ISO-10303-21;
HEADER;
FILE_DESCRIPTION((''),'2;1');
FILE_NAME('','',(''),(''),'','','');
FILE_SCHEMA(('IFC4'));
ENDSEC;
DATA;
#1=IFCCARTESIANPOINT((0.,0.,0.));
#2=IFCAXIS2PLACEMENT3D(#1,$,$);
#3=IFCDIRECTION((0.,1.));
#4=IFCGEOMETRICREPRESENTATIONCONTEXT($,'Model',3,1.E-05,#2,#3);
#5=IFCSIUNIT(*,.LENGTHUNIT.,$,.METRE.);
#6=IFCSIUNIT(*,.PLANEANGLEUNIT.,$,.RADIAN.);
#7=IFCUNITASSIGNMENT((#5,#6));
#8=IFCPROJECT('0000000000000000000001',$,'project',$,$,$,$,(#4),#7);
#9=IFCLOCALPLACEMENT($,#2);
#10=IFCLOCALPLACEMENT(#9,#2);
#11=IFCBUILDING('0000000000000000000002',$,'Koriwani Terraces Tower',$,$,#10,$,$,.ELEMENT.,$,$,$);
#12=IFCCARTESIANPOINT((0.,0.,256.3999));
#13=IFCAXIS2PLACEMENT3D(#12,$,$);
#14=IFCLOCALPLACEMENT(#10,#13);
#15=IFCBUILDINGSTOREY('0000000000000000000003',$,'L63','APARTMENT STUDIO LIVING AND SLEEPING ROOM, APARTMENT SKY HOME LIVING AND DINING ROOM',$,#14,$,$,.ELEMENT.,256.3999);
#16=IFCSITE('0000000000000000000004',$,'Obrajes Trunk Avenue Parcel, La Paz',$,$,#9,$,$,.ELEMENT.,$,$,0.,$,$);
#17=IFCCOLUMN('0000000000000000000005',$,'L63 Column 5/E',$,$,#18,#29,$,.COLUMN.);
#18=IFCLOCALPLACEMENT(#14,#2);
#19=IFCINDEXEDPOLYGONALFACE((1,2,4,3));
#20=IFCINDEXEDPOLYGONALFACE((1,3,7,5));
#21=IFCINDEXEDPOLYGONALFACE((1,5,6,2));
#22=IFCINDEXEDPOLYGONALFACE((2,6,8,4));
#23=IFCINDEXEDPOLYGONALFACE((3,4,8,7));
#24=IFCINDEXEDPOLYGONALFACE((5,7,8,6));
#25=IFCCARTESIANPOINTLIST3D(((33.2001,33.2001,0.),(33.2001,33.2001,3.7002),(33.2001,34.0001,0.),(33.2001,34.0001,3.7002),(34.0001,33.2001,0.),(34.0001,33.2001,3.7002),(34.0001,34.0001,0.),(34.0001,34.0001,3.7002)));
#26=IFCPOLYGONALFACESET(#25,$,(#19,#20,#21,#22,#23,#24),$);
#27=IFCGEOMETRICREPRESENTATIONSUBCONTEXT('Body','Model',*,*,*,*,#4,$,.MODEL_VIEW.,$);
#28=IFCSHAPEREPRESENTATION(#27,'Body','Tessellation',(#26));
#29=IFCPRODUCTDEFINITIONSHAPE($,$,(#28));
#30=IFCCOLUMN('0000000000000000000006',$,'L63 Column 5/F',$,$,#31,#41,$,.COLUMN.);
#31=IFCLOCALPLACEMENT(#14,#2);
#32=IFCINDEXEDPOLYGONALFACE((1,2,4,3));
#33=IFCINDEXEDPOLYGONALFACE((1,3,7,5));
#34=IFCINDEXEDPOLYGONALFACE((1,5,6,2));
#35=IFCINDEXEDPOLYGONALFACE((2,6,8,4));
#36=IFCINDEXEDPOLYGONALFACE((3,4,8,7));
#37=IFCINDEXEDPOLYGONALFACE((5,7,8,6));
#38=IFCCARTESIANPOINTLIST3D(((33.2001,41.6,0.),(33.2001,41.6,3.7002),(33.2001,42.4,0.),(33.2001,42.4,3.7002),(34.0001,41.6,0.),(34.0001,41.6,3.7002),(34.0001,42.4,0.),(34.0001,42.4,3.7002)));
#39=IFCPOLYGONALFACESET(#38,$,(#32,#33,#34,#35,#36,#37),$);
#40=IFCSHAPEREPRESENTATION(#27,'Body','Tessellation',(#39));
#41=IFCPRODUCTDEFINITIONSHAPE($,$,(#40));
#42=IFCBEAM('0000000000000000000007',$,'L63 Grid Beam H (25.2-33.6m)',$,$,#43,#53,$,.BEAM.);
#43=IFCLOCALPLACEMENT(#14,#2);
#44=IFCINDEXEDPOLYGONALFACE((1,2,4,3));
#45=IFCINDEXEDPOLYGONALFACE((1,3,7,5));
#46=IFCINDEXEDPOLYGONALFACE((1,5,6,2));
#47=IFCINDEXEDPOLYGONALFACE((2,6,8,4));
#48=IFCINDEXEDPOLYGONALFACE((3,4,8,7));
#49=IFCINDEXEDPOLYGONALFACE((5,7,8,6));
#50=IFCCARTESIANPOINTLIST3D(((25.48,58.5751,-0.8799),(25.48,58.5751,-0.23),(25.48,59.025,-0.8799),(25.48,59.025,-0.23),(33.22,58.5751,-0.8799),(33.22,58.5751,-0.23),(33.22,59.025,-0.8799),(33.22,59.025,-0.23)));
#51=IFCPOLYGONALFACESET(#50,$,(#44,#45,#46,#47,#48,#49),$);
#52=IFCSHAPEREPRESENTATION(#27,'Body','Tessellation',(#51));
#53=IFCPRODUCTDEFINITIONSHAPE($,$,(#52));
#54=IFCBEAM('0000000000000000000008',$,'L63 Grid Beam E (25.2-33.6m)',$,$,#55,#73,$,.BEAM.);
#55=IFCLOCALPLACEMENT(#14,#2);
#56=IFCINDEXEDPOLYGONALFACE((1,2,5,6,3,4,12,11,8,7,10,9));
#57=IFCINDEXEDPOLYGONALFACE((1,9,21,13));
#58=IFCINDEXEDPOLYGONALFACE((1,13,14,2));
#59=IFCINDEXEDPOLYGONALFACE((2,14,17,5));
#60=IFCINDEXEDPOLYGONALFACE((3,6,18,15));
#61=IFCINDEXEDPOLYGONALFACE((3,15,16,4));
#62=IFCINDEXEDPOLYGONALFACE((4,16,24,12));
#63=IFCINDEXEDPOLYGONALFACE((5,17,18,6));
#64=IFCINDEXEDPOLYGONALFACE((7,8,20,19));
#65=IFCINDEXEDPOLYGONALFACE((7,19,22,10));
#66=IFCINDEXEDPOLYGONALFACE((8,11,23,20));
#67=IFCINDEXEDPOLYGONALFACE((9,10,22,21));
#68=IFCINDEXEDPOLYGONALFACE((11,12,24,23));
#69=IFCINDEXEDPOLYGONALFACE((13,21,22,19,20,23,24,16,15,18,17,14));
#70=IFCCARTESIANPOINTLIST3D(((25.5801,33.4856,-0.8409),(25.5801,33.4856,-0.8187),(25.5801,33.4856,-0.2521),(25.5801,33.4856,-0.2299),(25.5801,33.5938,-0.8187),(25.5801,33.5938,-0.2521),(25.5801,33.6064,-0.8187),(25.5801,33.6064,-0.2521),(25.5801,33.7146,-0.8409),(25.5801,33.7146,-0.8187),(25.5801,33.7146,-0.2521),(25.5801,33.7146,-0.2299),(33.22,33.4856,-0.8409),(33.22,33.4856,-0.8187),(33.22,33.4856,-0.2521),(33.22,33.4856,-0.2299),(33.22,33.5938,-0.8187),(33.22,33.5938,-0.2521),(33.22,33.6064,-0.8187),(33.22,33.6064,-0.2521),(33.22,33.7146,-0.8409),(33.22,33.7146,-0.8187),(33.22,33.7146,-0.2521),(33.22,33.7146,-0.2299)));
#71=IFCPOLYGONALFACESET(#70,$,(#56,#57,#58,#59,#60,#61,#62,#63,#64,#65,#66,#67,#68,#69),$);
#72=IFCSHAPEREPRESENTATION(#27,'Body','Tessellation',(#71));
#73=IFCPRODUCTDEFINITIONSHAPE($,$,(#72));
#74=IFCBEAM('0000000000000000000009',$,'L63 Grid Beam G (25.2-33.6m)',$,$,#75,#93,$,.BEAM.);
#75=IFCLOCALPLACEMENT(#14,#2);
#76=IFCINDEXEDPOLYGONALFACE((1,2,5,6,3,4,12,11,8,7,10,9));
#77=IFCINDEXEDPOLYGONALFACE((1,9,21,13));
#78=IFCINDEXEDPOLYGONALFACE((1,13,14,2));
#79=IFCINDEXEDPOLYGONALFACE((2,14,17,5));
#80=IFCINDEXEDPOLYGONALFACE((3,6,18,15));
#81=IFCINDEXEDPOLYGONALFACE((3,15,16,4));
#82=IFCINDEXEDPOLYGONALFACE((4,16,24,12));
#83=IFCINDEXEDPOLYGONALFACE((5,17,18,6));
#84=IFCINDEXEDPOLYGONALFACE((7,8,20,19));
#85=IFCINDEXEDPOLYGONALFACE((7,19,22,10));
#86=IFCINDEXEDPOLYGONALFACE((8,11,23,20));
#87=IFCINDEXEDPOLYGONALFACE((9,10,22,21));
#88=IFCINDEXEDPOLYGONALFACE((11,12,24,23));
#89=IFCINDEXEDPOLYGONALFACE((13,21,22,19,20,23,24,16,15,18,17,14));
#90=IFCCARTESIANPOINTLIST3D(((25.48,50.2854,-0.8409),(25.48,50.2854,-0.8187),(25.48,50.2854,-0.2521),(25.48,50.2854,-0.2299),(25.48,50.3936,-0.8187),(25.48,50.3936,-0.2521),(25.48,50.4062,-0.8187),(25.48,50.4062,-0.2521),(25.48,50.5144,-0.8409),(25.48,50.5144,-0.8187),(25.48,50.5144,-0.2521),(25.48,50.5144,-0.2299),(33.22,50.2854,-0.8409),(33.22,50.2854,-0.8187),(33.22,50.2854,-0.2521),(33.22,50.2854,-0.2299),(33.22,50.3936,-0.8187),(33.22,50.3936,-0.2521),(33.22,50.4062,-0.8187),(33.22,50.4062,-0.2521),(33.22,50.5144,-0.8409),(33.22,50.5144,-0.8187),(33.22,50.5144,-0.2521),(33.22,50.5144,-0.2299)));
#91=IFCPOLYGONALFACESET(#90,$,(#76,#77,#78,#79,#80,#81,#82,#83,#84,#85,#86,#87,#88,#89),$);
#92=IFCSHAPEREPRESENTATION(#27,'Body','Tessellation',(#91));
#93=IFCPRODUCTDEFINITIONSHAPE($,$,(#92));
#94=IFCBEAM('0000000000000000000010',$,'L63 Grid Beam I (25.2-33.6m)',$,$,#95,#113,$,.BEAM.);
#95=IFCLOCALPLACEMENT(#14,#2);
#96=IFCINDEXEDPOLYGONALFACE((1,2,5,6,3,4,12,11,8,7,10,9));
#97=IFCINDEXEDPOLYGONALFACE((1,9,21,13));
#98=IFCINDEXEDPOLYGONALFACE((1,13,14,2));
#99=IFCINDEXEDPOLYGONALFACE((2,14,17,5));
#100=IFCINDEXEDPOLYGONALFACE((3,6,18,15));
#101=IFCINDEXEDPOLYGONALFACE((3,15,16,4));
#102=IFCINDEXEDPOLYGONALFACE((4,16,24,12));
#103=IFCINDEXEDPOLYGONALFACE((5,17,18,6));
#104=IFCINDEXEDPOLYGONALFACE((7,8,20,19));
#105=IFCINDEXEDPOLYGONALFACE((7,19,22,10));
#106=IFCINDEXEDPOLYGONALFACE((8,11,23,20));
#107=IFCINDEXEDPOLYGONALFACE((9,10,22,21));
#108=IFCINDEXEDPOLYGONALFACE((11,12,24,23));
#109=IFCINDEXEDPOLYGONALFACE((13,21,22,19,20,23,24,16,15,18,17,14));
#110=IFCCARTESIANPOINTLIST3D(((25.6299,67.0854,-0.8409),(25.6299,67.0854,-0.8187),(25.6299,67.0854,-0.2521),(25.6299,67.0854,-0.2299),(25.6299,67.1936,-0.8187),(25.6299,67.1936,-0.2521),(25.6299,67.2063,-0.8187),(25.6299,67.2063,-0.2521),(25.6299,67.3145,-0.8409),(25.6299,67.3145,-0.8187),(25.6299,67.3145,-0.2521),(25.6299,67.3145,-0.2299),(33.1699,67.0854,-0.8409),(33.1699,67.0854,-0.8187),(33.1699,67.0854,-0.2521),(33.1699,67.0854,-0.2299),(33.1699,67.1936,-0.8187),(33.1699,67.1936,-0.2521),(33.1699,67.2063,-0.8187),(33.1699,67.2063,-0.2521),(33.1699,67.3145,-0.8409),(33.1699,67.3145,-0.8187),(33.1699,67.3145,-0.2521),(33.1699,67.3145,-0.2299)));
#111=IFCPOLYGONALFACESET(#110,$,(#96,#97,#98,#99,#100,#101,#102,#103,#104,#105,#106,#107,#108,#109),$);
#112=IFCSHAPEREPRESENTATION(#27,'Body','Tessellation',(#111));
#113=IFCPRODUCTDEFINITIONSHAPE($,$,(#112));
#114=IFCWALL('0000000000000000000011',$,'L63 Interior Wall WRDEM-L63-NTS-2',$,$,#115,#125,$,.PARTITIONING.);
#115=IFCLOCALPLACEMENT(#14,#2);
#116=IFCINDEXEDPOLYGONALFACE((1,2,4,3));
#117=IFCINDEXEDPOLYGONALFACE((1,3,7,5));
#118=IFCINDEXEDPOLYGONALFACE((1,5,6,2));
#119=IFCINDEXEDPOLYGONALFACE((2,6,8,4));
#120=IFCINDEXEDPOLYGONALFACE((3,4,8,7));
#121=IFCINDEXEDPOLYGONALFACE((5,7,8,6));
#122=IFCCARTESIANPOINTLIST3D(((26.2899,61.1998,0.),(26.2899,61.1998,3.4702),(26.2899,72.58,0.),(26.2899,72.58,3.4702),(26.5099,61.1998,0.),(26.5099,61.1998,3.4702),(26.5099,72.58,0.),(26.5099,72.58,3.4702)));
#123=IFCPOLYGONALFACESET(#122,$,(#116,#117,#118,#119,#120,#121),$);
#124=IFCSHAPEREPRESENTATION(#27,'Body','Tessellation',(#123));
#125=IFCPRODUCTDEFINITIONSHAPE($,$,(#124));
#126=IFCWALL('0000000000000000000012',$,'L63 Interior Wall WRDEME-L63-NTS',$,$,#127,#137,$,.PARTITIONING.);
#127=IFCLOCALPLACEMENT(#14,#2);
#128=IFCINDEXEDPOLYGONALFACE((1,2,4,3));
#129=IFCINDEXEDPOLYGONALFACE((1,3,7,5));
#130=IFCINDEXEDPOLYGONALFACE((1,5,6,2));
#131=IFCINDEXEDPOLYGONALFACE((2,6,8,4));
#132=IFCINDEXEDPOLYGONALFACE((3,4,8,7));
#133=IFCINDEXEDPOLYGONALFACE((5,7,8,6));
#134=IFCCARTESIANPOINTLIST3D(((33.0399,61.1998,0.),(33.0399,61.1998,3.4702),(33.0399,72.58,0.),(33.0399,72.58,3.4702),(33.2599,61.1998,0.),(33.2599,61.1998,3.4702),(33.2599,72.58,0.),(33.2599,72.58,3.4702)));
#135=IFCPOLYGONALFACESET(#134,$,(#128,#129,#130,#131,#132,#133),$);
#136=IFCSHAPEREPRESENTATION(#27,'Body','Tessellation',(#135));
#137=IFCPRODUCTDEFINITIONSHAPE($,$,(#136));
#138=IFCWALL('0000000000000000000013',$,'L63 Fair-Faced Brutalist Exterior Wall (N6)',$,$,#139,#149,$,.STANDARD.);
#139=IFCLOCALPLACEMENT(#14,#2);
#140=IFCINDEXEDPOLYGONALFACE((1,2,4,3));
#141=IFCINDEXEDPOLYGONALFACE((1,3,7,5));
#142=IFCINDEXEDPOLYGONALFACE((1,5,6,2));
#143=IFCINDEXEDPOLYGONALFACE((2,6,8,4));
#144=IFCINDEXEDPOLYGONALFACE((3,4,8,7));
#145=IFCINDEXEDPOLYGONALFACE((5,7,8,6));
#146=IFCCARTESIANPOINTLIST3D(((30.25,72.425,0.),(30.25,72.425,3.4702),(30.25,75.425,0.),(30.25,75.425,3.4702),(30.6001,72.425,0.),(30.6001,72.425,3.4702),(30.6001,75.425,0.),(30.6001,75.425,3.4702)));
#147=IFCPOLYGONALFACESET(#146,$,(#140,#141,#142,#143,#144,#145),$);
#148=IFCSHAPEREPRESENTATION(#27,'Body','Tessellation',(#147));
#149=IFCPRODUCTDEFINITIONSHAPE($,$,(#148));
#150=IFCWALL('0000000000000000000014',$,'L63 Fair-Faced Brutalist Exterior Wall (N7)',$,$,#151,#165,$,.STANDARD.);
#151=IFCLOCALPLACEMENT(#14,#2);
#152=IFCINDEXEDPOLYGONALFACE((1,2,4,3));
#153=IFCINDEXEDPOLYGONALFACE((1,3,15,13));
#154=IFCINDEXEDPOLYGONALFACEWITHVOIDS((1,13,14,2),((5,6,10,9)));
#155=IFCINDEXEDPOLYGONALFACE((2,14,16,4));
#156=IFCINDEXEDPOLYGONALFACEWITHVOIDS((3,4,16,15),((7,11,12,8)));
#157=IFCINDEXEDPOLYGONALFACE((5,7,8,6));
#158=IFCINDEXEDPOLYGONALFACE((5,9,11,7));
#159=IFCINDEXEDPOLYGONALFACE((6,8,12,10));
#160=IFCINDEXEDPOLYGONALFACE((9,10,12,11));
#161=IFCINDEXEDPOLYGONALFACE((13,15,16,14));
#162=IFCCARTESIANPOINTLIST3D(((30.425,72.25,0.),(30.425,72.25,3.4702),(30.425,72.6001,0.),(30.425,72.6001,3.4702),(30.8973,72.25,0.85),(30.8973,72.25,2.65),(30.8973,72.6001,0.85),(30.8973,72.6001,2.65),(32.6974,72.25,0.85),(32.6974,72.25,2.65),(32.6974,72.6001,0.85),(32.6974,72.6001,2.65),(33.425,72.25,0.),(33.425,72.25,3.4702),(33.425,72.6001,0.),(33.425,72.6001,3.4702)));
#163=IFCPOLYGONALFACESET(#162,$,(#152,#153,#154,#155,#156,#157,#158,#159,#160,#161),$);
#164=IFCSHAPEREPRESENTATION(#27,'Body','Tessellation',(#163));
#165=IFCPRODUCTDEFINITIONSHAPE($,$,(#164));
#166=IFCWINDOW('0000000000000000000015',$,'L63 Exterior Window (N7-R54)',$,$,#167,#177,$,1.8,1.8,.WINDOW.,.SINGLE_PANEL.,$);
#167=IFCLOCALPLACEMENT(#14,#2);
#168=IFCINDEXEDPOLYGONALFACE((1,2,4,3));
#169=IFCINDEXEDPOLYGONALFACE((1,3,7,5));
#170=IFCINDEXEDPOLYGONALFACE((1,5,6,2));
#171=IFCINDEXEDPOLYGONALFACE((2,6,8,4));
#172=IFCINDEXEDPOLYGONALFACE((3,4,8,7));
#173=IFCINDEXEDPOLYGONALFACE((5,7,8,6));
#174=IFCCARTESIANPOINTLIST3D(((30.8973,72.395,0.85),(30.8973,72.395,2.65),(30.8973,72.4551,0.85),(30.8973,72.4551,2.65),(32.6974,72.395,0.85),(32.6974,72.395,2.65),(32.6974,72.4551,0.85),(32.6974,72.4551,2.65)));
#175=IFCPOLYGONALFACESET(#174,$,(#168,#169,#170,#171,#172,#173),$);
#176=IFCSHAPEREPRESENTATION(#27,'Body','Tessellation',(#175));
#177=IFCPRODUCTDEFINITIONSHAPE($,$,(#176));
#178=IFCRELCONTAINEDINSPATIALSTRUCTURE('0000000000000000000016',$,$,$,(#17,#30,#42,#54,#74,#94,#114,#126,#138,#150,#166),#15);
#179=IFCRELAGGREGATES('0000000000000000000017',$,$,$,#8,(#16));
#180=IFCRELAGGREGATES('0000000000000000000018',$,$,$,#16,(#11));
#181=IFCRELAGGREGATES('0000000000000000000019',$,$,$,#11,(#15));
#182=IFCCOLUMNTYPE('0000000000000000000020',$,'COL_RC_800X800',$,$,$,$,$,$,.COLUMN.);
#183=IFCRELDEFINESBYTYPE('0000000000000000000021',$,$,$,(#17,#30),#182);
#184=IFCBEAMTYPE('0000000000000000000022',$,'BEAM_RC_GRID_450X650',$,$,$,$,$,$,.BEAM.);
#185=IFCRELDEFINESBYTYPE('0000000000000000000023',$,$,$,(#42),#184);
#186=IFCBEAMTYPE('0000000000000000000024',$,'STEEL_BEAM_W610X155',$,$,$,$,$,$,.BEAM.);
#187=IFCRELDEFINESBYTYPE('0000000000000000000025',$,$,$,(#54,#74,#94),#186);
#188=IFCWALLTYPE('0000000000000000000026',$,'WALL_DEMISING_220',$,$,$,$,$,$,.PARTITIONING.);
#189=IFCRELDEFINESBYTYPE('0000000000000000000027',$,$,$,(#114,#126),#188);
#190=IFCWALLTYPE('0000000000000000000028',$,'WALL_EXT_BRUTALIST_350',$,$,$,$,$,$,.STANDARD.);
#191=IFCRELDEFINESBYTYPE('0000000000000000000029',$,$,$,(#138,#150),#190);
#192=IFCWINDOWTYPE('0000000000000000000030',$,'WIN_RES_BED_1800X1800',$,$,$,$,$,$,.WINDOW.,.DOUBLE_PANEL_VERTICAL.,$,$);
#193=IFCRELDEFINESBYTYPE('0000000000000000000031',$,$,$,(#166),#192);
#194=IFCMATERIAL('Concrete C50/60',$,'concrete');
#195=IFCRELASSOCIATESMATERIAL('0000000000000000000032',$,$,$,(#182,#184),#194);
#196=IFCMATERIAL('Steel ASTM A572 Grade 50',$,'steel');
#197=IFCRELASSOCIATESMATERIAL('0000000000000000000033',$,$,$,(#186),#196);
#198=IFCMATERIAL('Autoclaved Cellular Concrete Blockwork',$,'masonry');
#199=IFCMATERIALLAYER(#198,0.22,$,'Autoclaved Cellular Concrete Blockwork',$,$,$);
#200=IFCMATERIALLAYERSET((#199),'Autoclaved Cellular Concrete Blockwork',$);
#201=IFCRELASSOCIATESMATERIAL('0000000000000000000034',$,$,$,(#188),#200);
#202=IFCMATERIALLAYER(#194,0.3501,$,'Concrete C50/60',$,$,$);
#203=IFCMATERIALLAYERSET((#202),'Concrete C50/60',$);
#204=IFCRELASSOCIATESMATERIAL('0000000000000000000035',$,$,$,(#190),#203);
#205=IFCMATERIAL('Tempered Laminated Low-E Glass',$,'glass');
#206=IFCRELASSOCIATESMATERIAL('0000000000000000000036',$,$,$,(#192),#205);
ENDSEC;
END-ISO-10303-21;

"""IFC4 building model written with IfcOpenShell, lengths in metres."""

from ifc_helpers import new_model, si_unit, direction, frame, frame_2d, origin, origin_2d, place, context, subcontext, project, spatial, rectangle, i_section, extrude, material, layer, layer_set, material_profile, profile_set, type_object, element, fill, save


model = new_model("IFC4")

# Units and contexts
model_context = context("Model", 3, precision=1e-05, world=origin(), true_north=direction((0.0, 1.0)))
body_context = subcontext(model_context, "Body", "Model", "MODEL_VIEW")
ifc_project = project(units=[si_unit("LENGTHUNIT", "METRE"), si_unit("PLANEANGLEUNIT", "RADIAN")], contexts=[model_context])

# Site, building, storey
site_placement = place(None, origin())
site = spatial("IfcSite", under=ifc_project, at=site_placement, Name="Obrajes Trunk Avenue Parcel, La Paz", CompositionType="ELEMENT", RefElevation=0.0)
building_placement = place(site_placement, origin())
building = spatial("IfcBuilding", under=site, at=building_placement, Name="Koriwani Terraces Tower", CompositionType="ELEMENT")
storey_placement = place(building_placement, frame((0.0, 0.0, 256.3999)))
storey = spatial("IfcBuildingStorey", under=building, at=storey_placement, Name="L63", Description="APARTMENT STUDIO LIVING AND SLEEPING ROOM, APARTMENT SKY HOME LIVING AND DINING ROOM", CompositionType="ELEMENT", Elevation=256.3999)

# Columns
ifc_material_1 = material(Name="Concrete C50/60", Category="concrete")
ifc_material_profile_1 = material_profile(ifc_material_1, rectangle(XDim=0.8, YDim=0.8, at=origin_2d()), Name="Concrete C50/60", Category="LoadBearing")
ifc_profile_set_1 = profile_set([ifc_material_profile_1], Name="Concrete C50/60")
column_type = type_object("IfcColumnType", Name="COL_RC_800X800", PredefinedType="COLUMN", material=ifc_profile_set_1)
for number, where, z_axis, x_axis, name in (
    (1, (33.6001, 33.6001, 0.0), (0.0, 0.0, 1.0), (1.0, 0.0, 0.0), "L63 Column 5/E"),
    (2, (33.6001, 42.0, 0.0), (0.0, 0.0, 1.0), (1.0, 0.0, 0.0), "L63 Column 5/F"),
):
    element("IfcColumn", number, at=place(storey_placement, frame(where, z_axis=z_axis, x_axis=x_axis)), inside=storey, type_object=column_type, Name=name, PredefinedType="COLUMN", context=body_context, shape_type="SweptSolid", body=[
        extrude(rectangle(XDim=0.8, YDim=0.8, at=origin_2d()), origin(), (0.0, 0.0, 1.0), 3.7002),
    ])

# Beams
ifc_material_profile_2 = material_profile(ifc_material_1, rectangle(XDim=0.45, YDim=0.6499, at=origin_2d()), Name="Concrete C50/60", Category="LoadBearing")
ifc_profile_set_2 = profile_set([ifc_material_profile_2], Name="Concrete C50/60")
beam_type_1 = type_object("IfcBeamType", Name="BEAM_RC_GRID_450X650", PredefinedType="BEAM", material=ifc_profile_set_2)
beam_1_placement = place(storey_placement, frame((25.48, 58.8, -0.5549), z_axis=(1.0, 0.0, 0.0), x_axis=(0.0, 1.0, 0.0)))
element("IfcBeam", 3, at=beam_1_placement, inside=storey, type_object=beam_type_1, Name="L63 Grid Beam H (25.2-33.6m)", PredefinedType="BEAM", context=body_context, shape_type="SweptSolid", body=[
    extrude(rectangle(XDim=0.45, YDim=0.6499, at=origin_2d()), origin(), (0.0, 0.0, 1.0), 7.74),
])
ifc_material_2 = material(Name="Steel ASTM A572 Grade 50", Category="steel")
ifc_material_profile_3 = material_profile(ifc_material_2, i_section(OverallWidth=0.229, OverallDepth=0.6111, WebThickness=0.0127, FlangeThickness=0.0222, at=origin_2d()), Name="Steel ASTM A572 Grade 50", Category="LoadBearing")
ifc_profile_set_3 = profile_set([ifc_material_profile_3], Name="Steel ASTM A572 Grade 50")
beam_type_2 = type_object("IfcBeamType", Name="STEEL_BEAM_W610X155", PredefinedType="BEAM", material=ifc_profile_set_3)
beam_2_placement = place(storey_placement, frame((25.5801, 33.6001, -0.5354), z_axis=(1.0, 0.0, 0.0), x_axis=(0.0, 1.0, 0.0)))
element("IfcBeam", 4, at=beam_2_placement, inside=storey, type_object=beam_type_2, Name="L63 Grid Beam E (25.2-33.6m)", PredefinedType="BEAM", context=body_context, shape_type="SweptSolid", body=[
    extrude(i_section(OverallWidth=0.229, OverallDepth=0.6111, WebThickness=0.0127, FlangeThickness=0.0222, at=origin_2d()), origin(), (0.0, 0.0, 1.0), 7.6399),
])
beam_3_placement = place(storey_placement, frame((25.48, 50.3999, -0.5354), z_axis=(1.0, 0.0, 0.0), x_axis=(0.0, 1.0, 0.0)))
element("IfcBeam", 5, at=beam_3_placement, inside=storey, type_object=beam_type_2, Name="L63 Grid Beam G (25.2-33.6m)", PredefinedType="BEAM", context=body_context, shape_type="SweptSolid", body=[
    extrude(i_section(OverallWidth=0.229, OverallDepth=0.6111, WebThickness=0.0127, FlangeThickness=0.0222, at=origin_2d()), origin(), (0.0, 0.0, 1.0), 7.74),
])
beam_4_placement = place(storey_placement, frame((25.6299, 67.2, -0.5354), z_axis=(1.0, 0.0, 0.0), x_axis=(0.0, 1.0, 0.0)))
element("IfcBeam", 6, at=beam_4_placement, inside=storey, type_object=beam_type_2, Name="L63 Grid Beam I (25.2-33.6m)", PredefinedType="BEAM", context=body_context, shape_type="SweptSolid", body=[
    extrude(i_section(OverallWidth=0.229, OverallDepth=0.6111, WebThickness=0.0127, FlangeThickness=0.0222, at=origin_2d()), origin(), (0.0, 0.0, 1.0), 7.54),
])

# Walls
ifc_material_3 = material(Name="Autoclaved Cellular Concrete Blockwork", Category="masonry")
ifc_layer_1 = layer(ifc_material_3, 0.22, Name="Autoclaved Cellular Concrete Blockwork")
ifc_layer_set_1 = layer_set([ifc_layer_1], Name="Autoclaved Cellular Concrete Blockwork")
wall_type_1 = type_object("IfcWallType", Name="WALL_DEMISING_220", PredefinedType="PARTITIONING", material=ifc_layer_set_1)
for number, where, z_axis, x_axis, name in (
    (7, (26.3999, 61.2, 0.0), (0.0, 0.0, 1.0), (0.0, 1.0, 0.0), "L63 Interior Wall WRDEM-L63-NTS-2"),
    (8, (33.1499, 61.2, 0.0), (0.0, 0.0, 1.0), (0.0, 1.0, 0.0), "L63 Interior Wall WRDEME-L63-NTS"),
):
    element("IfcWall", number, at=place(storey_placement, frame(where, z_axis=z_axis, x_axis=x_axis)), inside=storey, type_object=wall_type_1, Name=name, PredefinedType="PARTITIONING", context=body_context, shape_type="SweptSolid", body=[
        extrude(rectangle(XDim=11.3801, YDim=0.22, at=frame_2d((5.6899, 0.0))), origin(), (0.0, 0.0, 1.0), 3.4702),
    ])
ifc_layer_2 = layer(ifc_material_1, 0.3501, Name="Concrete C50/60")
ifc_layer_set_2 = layer_set([ifc_layer_2], Name="Concrete C50/60")
wall_type_2 = type_object("IfcWallType", Name="WALL_EXT_BRUTALIST_350", PredefinedType="STANDARD", material=ifc_layer_set_2)
wall_1_placement = place(storey_placement, frame((30.425, 75.425, 0.0), z_axis=(0.0, 0.0, 1.0), x_axis=(0.0, -1.0, 0.0)))
element("IfcWall", 9, at=wall_1_placement, inside=storey, type_object=wall_type_2, Name="L63 Fair-Faced Brutalist Exterior Wall (N6)", PredefinedType="STANDARD", context=body_context, shape_type="SweptSolid", body=[
    extrude(rectangle(XDim=3.0, YDim=0.3501, at=frame_2d((1.5, 0.0))), origin(), (0.0, 0.0, 1.0), 3.4702),
])

# Wall, opening, window
wall_2_placement = place(storey_placement, frame((30.425, 72.425, 0.0), z_axis=(0.0, 0.0, 1.0), x_axis=(1.0, 0.0, 0.0)))
wall_2 = element("IfcWall", 10, at=wall_2_placement, inside=storey, type_object=wall_type_2, Name="L63 Fair-Faced Brutalist Exterior Wall (N7)", PredefinedType="STANDARD", context=body_context, shape_type="SweptSolid", body=[
    extrude(rectangle(XDim=3.0, YDim=0.3501, at=frame_2d((1.5, 0.0))), origin(), (0.0, 0.0, 1.0), 3.4702),
])
opening_1_placement = place(wall_2_placement, frame((0.4724, 0.0, 0.8501)))
opening_1 = element("IfcOpeningElement", 11, at=opening_1_placement, cuts=wall_2, PredefinedType="OPENING", context=body_context, shape_type="SweptSolid", body=[
    extrude(rectangle(XDim=1.8, YDim=1.8, at=frame_2d((0.8999, 0.8999))), frame((0.0, 0.1851, 0.0), z_axis=(0.0, -1.0, 0.0), x_axis=(1.0, 0.0, 0.0)), (0.0, 0.0, 1.0), 0.3701),
])
ifc_material_4 = material(Name="Tempered Laminated Low-E Glass", Category="glass")
window_type = type_object("IfcWindowType", Name="WIN_RES_BED_1800X1800", PartitioningType="DOUBLE_PANEL_VERTICAL", PredefinedType="WINDOW", material=ifc_material_4)
window_1_placement = place(opening_1_placement, origin())
window_1 = element("IfcWindow", 12, at=window_1_placement, inside=storey, type_object=window_type, Name="L63 Exterior Window (N7-R54)", OverallHeight=1.8, OverallWidth=1.8, PartitioningType="SINGLE_PANEL", PredefinedType="WINDOW", context=body_context, shape_type="SweptSolid", body=[
    extrude(rectangle(XDim=1.8, YDim=1.8, at=frame_2d((0.8999, 0.8999))), frame((0.0, 0.03, 0.0), z_axis=(0.0, -1.0, 0.0), x_axis=(1.0, 0.0, 0.0)), (0.0, 0.0, 1.0), 0.0601),
])
fill(opening_1, window_1)

save(model, "model.ifc")
